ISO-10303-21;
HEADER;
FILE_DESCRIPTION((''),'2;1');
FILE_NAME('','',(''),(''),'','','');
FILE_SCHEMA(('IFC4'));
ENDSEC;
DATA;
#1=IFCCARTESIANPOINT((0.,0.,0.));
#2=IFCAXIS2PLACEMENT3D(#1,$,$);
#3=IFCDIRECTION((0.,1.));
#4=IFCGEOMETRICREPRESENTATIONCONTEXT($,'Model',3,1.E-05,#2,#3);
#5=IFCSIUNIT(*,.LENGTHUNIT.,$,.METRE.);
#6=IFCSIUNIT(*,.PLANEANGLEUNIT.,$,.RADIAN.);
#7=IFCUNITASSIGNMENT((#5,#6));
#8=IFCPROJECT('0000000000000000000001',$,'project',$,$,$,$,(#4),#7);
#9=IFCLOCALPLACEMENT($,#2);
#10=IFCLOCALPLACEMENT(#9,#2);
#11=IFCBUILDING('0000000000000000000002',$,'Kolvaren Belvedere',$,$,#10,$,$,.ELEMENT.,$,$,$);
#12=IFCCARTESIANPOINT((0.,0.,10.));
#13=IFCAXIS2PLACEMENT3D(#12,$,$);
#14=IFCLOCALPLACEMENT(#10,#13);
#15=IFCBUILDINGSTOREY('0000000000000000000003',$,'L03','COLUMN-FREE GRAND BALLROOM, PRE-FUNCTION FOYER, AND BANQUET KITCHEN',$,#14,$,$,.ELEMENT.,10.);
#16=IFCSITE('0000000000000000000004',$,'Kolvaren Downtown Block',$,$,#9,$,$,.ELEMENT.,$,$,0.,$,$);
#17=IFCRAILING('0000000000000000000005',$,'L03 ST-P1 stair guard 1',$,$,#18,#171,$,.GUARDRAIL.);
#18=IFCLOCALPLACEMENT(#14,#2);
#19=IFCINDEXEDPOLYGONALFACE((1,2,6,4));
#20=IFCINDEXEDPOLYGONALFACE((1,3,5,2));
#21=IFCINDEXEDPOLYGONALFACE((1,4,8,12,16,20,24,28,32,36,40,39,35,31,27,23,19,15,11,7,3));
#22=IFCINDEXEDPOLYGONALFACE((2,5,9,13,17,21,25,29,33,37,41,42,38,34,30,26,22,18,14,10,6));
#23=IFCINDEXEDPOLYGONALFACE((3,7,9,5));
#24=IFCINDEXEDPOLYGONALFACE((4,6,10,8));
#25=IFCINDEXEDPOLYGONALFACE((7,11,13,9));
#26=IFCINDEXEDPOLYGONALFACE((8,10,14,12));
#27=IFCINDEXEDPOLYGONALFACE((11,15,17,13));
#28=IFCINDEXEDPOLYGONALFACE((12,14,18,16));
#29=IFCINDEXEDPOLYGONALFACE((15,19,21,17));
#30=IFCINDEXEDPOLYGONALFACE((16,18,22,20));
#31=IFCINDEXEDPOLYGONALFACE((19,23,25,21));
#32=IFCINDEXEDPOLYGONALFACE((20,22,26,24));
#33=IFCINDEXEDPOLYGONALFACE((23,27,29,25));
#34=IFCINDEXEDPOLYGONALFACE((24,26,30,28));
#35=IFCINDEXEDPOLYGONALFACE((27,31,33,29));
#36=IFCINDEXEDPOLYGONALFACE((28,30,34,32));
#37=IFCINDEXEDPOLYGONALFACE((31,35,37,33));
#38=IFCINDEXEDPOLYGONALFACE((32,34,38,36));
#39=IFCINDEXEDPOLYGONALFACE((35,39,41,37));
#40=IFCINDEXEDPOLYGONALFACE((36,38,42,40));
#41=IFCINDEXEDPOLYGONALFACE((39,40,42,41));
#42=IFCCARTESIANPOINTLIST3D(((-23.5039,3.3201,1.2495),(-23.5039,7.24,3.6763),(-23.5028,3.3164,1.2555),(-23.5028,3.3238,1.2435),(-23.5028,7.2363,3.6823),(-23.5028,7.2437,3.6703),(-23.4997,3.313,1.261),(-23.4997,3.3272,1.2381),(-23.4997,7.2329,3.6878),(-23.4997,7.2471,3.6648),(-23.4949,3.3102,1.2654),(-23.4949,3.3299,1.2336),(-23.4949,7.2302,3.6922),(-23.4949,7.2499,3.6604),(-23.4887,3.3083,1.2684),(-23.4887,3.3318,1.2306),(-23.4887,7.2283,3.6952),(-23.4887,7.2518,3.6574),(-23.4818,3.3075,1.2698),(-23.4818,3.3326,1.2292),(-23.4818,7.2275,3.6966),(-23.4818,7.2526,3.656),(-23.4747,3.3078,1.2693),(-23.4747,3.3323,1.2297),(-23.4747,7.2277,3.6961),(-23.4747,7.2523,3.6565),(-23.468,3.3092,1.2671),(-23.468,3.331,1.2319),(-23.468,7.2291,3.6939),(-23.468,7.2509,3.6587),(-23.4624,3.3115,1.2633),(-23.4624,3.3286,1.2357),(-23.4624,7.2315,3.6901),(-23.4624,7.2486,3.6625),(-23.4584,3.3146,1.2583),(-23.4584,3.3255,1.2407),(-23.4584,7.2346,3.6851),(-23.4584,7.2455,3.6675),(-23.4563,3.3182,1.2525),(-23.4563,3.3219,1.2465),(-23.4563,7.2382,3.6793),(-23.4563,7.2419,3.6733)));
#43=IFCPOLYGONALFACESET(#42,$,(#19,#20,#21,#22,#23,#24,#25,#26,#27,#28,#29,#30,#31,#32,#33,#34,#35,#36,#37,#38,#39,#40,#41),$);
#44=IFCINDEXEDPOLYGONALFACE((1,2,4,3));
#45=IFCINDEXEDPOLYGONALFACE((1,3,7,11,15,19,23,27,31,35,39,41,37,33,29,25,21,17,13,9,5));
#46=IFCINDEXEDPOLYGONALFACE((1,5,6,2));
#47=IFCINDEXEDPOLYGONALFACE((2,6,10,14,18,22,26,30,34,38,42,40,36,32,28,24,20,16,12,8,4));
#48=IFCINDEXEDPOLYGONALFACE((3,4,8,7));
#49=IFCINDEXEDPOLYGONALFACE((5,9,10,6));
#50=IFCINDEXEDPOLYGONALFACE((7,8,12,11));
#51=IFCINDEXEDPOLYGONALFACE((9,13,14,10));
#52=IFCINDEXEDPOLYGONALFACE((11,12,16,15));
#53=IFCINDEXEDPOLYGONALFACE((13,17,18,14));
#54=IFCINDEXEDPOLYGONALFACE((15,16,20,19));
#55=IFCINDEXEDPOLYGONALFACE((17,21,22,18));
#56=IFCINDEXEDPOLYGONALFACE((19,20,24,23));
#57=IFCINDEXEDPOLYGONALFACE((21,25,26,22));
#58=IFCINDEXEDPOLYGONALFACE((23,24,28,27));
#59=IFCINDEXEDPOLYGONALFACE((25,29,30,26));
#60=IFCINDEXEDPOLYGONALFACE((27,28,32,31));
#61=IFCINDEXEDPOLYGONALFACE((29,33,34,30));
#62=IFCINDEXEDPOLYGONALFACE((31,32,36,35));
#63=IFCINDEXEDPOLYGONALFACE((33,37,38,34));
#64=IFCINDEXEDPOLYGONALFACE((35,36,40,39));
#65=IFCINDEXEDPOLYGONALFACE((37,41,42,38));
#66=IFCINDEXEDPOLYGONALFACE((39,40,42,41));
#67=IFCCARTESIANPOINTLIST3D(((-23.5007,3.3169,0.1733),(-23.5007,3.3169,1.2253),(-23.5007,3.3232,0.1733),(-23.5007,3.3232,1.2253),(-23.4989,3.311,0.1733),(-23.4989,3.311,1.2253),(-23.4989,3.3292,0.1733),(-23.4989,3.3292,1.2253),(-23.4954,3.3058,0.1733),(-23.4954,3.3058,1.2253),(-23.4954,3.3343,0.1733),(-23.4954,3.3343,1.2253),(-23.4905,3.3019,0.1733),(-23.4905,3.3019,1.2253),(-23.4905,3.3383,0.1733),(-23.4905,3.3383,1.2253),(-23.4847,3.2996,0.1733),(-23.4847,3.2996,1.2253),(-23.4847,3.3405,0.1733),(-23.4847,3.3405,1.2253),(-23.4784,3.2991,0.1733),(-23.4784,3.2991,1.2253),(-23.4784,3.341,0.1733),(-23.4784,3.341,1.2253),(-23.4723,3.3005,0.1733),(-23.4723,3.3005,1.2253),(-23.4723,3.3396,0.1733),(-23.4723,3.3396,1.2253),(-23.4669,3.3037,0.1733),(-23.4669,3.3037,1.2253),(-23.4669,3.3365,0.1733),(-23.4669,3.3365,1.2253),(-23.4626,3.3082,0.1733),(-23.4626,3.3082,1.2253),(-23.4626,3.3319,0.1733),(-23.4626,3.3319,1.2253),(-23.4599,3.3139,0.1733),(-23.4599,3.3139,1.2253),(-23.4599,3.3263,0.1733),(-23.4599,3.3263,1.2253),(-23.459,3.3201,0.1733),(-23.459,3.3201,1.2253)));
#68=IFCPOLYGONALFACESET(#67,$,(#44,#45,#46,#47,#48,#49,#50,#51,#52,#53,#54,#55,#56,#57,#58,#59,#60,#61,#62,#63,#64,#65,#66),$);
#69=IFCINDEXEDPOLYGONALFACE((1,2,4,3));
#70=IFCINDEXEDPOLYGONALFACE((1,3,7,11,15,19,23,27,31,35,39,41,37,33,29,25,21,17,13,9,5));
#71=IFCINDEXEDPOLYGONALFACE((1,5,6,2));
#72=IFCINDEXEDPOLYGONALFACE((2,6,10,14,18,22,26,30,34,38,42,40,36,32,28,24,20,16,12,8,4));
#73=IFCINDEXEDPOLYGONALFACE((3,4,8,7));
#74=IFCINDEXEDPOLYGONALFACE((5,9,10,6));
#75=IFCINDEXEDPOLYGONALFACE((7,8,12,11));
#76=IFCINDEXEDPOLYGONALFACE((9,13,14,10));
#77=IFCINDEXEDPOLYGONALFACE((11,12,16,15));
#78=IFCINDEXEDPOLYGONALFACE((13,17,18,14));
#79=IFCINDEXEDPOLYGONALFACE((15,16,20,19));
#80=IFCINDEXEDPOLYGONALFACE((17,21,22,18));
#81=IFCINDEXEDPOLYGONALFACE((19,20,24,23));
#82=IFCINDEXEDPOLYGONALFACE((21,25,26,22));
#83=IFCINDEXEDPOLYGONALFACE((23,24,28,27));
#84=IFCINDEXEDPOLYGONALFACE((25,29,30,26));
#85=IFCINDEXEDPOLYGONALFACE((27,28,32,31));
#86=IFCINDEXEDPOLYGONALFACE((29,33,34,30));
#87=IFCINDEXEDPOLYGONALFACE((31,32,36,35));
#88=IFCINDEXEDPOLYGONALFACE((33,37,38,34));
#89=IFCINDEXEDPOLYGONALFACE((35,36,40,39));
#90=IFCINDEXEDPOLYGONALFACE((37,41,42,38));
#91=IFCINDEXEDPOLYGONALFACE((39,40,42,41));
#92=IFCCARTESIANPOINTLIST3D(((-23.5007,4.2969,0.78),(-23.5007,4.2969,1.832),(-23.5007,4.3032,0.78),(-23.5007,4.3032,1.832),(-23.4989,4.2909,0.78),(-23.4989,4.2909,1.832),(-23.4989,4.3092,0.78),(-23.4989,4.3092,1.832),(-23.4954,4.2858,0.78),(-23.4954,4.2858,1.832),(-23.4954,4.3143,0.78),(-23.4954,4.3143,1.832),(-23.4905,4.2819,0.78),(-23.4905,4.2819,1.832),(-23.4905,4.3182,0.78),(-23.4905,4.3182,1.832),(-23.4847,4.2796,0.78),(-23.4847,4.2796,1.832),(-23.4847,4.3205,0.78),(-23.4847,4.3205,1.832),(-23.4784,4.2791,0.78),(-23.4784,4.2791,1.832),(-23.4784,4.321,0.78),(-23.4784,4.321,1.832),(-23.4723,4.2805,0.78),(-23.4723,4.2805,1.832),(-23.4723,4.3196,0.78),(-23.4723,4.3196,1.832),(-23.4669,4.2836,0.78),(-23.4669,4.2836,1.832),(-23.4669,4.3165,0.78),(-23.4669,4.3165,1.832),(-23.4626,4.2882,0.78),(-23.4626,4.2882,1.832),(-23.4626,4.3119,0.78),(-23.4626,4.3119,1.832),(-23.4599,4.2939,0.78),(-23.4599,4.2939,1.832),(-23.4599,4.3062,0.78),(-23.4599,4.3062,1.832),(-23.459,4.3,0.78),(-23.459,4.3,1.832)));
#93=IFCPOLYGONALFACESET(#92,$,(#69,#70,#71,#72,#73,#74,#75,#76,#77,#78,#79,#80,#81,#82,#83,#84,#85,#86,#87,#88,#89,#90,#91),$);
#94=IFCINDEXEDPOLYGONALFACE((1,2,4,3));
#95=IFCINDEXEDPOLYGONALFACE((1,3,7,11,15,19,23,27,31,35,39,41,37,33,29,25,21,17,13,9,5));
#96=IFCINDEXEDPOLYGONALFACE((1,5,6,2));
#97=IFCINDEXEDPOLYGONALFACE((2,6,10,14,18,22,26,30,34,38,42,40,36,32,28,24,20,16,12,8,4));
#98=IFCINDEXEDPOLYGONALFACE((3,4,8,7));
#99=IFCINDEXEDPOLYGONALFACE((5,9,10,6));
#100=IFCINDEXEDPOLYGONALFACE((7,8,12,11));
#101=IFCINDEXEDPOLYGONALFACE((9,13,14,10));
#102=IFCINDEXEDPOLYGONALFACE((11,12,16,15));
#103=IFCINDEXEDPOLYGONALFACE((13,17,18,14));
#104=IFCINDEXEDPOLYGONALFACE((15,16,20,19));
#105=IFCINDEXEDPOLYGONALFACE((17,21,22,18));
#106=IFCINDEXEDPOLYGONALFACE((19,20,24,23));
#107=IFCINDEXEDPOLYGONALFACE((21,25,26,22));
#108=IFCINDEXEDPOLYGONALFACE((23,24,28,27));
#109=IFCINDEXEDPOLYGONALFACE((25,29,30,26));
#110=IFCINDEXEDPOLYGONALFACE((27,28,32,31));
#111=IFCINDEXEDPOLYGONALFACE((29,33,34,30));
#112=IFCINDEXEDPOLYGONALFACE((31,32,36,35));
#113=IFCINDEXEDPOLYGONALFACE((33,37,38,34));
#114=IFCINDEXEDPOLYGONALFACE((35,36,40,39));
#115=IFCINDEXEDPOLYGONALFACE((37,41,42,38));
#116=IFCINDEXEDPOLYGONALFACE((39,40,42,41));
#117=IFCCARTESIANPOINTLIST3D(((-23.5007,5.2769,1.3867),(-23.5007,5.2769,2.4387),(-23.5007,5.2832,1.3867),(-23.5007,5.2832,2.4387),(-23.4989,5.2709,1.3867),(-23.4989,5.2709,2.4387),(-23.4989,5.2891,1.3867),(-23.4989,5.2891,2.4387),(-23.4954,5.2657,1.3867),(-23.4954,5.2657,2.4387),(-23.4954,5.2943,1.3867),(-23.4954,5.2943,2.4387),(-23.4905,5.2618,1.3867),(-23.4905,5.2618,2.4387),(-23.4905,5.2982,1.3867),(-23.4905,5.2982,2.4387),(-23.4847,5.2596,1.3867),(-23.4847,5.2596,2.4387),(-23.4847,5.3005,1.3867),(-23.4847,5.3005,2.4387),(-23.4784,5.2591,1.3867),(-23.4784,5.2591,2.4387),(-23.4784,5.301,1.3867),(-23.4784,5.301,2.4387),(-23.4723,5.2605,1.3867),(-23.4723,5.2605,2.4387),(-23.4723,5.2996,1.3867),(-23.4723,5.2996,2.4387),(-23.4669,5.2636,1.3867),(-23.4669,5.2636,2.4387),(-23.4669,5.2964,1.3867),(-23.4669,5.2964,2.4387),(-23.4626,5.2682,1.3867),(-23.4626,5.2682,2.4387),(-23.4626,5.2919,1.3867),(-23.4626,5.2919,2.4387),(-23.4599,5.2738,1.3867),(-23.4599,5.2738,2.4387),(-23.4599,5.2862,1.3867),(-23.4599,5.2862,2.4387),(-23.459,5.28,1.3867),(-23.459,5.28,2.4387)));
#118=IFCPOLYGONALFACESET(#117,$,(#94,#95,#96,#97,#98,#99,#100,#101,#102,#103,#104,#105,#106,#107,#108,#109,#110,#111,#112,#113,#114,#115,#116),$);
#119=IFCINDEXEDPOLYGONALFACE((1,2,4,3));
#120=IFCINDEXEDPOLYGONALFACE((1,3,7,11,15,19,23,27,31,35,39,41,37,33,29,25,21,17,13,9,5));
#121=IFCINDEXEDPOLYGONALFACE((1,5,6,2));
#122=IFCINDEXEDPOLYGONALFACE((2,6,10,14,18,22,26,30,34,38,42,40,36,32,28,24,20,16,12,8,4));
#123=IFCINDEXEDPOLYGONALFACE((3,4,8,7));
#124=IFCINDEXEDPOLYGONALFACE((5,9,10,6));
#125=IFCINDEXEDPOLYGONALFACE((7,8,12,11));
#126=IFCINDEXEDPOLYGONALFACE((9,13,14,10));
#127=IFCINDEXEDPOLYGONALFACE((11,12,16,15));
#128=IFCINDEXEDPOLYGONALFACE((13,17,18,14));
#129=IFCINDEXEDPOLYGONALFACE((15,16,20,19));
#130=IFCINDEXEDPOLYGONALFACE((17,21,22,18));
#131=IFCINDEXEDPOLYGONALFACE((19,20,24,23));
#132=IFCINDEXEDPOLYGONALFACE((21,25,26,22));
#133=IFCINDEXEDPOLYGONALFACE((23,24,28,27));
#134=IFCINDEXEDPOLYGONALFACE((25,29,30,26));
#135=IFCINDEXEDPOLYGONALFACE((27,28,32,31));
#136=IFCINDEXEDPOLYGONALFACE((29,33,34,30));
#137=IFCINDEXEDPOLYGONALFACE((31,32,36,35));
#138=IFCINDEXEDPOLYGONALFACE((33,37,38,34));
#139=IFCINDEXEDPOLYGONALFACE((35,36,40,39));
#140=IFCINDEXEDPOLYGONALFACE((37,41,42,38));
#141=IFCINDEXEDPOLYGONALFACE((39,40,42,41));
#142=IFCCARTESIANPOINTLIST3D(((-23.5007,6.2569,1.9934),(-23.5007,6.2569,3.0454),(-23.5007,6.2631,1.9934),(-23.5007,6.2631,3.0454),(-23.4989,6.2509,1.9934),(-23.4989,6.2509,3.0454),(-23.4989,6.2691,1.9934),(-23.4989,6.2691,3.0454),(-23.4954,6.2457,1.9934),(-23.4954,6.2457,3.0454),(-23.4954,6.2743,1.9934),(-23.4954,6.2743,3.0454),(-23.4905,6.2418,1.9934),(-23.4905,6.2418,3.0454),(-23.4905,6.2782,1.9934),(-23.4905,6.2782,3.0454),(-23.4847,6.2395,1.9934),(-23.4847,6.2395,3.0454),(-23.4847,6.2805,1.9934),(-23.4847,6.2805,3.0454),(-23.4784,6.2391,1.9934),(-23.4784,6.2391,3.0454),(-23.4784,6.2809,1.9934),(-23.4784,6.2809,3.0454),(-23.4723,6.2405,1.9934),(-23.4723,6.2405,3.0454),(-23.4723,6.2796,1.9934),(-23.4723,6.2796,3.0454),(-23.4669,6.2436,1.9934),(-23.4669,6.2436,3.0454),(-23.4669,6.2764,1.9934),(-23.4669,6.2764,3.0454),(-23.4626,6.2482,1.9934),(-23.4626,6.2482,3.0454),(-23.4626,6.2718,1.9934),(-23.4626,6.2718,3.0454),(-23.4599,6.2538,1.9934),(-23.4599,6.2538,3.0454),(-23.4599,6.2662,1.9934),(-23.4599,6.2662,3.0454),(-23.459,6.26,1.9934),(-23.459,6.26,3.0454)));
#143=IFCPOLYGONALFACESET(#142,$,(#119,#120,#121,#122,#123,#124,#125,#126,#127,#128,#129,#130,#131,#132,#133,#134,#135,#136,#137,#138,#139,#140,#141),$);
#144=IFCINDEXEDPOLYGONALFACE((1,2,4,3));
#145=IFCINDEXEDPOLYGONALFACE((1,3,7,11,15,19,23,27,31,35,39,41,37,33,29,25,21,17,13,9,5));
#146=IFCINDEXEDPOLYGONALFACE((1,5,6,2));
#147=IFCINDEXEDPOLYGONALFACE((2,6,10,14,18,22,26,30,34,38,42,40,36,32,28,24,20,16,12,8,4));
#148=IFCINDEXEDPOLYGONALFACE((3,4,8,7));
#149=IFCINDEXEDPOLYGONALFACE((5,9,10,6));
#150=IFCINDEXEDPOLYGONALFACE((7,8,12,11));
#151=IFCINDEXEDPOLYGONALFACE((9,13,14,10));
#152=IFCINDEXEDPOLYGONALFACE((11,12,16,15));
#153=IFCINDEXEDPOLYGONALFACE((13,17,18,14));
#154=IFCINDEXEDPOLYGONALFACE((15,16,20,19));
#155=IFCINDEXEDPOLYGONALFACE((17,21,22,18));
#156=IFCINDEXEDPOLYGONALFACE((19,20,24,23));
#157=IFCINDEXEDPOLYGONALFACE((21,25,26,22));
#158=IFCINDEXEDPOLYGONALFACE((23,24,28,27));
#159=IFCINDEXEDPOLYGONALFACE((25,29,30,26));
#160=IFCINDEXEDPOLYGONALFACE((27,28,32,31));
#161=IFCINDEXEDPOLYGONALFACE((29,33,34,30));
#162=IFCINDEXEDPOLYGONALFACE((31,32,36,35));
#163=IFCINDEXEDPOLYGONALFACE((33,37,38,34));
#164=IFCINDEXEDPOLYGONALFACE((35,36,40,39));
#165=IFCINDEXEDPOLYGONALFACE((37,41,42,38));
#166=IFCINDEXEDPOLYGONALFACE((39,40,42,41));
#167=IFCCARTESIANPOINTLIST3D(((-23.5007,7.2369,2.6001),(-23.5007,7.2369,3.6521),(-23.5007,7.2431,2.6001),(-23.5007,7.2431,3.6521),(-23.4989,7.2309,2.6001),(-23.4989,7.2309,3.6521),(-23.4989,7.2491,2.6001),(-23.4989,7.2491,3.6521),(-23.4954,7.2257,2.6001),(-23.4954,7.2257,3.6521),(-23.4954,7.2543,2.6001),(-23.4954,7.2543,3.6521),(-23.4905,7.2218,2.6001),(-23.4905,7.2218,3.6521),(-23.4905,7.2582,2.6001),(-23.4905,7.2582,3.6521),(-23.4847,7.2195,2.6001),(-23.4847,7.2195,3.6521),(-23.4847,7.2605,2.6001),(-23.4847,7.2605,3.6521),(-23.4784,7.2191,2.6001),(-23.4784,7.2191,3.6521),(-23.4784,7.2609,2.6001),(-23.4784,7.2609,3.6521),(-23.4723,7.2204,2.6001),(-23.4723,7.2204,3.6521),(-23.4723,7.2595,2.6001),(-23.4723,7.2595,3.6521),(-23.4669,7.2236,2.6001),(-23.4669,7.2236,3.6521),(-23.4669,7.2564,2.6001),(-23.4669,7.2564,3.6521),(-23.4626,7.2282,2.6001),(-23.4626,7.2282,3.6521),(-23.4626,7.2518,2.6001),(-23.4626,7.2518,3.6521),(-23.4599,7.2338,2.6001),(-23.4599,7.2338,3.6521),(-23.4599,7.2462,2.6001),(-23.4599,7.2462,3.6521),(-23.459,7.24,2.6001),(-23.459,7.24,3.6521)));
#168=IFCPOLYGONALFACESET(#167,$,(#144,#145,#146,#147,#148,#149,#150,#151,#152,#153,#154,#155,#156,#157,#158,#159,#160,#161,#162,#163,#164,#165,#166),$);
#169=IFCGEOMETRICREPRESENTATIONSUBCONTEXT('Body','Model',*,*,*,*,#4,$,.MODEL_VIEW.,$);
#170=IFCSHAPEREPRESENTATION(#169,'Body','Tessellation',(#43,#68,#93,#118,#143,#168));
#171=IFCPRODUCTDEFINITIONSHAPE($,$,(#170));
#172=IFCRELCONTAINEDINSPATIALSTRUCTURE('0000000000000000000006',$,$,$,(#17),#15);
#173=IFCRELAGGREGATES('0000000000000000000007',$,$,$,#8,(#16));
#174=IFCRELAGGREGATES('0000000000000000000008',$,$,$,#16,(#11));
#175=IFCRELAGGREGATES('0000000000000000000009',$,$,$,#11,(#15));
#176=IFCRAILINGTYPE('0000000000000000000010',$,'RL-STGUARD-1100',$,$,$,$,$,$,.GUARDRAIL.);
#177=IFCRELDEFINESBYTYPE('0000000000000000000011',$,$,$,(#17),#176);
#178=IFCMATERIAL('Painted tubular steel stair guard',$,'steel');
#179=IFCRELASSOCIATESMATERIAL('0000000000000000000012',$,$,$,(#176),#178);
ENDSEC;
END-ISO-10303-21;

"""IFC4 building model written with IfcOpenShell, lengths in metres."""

from ifc_helpers import new_model, si_unit, direction, frame, origin, origin_2d, place, context, subcontext, project, spatial, circle, extrude, material, type_object, element, save


model = new_model("IFC4")

# Units and contexts
model_context = context("Model", 3, precision=1e-05, world=origin(), true_north=direction((0.0, 1.0)))
body_context = subcontext(model_context, "Body", "Model", "MODEL_VIEW")
ifc_project = project(units=[si_unit("LENGTHUNIT", "METRE"), si_unit("PLANEANGLEUNIT", "RADIAN")], contexts=[model_context])

# Site, building, storey
site_placement = place(None, origin())
site = spatial("IfcSite", under=ifc_project, at=site_placement, Name="Kolvaren Downtown Block", CompositionType="ELEMENT", RefElevation=0.0)
building_placement = place(site_placement, origin())
building = spatial("IfcBuilding", under=site, at=building_placement, Name="Kolvaren Belvedere", CompositionType="ELEMENT")
storey_placement = place(building_placement, frame((0.0, 0.0, 10.0)))
storey = spatial("IfcBuildingStorey", under=building, at=storey_placement, Name="L03", Description="COLUMN-FREE GRAND BALLROOM, PRE-FUNCTION FOYER, AND BANQUET KITCHEN", CompositionType="ELEMENT", Elevation=10.0)

# Railing
ifc_material_1 = material(Name="Painted tubular steel stair guard", Category="steel")
railing_type_1 = type_object("IfcRailingType", Name="RL-STGUARD-1100", PredefinedType="GUARDRAIL", material=ifc_material_1)
railing_1_placement = place(storey_placement, frame((-23.48, 3.3201, 0.1733)))
element("IfcRailing", 1, at=railing_1_placement, inside=storey, type_object=railing_type_1, Name="L03 ST-P1 stair guard 1", PredefinedType="GUARDRAIL", context=body_context, shape_type="SweptSolid", body=[
    extrude(circle(Radius=0.0239, at=origin_2d()), frame((0.0, 0.0, 1.0762), z_axis=(0.0, 0.850252, 0.526376), x_axis=(-1.0, 0.0, 0.0)), (0.0, 0.0, 1.0), 4.6104),
    extrude(circle(Radius=0.021, at=origin_2d()), origin(), (0.0, 0.0, 1.0), 1.052),
    extrude(circle(Radius=0.021, at=origin_2d()), frame((0.0, 0.98, 0.6067)), (0.0, 0.0, 1.0), 1.052),
    extrude(circle(Radius=0.021, at=origin_2d()), frame((0.0, 1.96, 1.2134)), (0.0, 0.0, 1.0), 1.052),
    extrude(circle(Radius=0.021, at=origin_2d()), frame((0.0, 2.9399, 1.8201)), (0.0, 0.0, 1.0), 1.052),
    extrude(circle(Radius=0.021, at=origin_2d()), frame((0.0, 3.9199, 2.4268)), (0.0, 0.0, 1.0), 1.052),
])

save(model, "model.ifc")
